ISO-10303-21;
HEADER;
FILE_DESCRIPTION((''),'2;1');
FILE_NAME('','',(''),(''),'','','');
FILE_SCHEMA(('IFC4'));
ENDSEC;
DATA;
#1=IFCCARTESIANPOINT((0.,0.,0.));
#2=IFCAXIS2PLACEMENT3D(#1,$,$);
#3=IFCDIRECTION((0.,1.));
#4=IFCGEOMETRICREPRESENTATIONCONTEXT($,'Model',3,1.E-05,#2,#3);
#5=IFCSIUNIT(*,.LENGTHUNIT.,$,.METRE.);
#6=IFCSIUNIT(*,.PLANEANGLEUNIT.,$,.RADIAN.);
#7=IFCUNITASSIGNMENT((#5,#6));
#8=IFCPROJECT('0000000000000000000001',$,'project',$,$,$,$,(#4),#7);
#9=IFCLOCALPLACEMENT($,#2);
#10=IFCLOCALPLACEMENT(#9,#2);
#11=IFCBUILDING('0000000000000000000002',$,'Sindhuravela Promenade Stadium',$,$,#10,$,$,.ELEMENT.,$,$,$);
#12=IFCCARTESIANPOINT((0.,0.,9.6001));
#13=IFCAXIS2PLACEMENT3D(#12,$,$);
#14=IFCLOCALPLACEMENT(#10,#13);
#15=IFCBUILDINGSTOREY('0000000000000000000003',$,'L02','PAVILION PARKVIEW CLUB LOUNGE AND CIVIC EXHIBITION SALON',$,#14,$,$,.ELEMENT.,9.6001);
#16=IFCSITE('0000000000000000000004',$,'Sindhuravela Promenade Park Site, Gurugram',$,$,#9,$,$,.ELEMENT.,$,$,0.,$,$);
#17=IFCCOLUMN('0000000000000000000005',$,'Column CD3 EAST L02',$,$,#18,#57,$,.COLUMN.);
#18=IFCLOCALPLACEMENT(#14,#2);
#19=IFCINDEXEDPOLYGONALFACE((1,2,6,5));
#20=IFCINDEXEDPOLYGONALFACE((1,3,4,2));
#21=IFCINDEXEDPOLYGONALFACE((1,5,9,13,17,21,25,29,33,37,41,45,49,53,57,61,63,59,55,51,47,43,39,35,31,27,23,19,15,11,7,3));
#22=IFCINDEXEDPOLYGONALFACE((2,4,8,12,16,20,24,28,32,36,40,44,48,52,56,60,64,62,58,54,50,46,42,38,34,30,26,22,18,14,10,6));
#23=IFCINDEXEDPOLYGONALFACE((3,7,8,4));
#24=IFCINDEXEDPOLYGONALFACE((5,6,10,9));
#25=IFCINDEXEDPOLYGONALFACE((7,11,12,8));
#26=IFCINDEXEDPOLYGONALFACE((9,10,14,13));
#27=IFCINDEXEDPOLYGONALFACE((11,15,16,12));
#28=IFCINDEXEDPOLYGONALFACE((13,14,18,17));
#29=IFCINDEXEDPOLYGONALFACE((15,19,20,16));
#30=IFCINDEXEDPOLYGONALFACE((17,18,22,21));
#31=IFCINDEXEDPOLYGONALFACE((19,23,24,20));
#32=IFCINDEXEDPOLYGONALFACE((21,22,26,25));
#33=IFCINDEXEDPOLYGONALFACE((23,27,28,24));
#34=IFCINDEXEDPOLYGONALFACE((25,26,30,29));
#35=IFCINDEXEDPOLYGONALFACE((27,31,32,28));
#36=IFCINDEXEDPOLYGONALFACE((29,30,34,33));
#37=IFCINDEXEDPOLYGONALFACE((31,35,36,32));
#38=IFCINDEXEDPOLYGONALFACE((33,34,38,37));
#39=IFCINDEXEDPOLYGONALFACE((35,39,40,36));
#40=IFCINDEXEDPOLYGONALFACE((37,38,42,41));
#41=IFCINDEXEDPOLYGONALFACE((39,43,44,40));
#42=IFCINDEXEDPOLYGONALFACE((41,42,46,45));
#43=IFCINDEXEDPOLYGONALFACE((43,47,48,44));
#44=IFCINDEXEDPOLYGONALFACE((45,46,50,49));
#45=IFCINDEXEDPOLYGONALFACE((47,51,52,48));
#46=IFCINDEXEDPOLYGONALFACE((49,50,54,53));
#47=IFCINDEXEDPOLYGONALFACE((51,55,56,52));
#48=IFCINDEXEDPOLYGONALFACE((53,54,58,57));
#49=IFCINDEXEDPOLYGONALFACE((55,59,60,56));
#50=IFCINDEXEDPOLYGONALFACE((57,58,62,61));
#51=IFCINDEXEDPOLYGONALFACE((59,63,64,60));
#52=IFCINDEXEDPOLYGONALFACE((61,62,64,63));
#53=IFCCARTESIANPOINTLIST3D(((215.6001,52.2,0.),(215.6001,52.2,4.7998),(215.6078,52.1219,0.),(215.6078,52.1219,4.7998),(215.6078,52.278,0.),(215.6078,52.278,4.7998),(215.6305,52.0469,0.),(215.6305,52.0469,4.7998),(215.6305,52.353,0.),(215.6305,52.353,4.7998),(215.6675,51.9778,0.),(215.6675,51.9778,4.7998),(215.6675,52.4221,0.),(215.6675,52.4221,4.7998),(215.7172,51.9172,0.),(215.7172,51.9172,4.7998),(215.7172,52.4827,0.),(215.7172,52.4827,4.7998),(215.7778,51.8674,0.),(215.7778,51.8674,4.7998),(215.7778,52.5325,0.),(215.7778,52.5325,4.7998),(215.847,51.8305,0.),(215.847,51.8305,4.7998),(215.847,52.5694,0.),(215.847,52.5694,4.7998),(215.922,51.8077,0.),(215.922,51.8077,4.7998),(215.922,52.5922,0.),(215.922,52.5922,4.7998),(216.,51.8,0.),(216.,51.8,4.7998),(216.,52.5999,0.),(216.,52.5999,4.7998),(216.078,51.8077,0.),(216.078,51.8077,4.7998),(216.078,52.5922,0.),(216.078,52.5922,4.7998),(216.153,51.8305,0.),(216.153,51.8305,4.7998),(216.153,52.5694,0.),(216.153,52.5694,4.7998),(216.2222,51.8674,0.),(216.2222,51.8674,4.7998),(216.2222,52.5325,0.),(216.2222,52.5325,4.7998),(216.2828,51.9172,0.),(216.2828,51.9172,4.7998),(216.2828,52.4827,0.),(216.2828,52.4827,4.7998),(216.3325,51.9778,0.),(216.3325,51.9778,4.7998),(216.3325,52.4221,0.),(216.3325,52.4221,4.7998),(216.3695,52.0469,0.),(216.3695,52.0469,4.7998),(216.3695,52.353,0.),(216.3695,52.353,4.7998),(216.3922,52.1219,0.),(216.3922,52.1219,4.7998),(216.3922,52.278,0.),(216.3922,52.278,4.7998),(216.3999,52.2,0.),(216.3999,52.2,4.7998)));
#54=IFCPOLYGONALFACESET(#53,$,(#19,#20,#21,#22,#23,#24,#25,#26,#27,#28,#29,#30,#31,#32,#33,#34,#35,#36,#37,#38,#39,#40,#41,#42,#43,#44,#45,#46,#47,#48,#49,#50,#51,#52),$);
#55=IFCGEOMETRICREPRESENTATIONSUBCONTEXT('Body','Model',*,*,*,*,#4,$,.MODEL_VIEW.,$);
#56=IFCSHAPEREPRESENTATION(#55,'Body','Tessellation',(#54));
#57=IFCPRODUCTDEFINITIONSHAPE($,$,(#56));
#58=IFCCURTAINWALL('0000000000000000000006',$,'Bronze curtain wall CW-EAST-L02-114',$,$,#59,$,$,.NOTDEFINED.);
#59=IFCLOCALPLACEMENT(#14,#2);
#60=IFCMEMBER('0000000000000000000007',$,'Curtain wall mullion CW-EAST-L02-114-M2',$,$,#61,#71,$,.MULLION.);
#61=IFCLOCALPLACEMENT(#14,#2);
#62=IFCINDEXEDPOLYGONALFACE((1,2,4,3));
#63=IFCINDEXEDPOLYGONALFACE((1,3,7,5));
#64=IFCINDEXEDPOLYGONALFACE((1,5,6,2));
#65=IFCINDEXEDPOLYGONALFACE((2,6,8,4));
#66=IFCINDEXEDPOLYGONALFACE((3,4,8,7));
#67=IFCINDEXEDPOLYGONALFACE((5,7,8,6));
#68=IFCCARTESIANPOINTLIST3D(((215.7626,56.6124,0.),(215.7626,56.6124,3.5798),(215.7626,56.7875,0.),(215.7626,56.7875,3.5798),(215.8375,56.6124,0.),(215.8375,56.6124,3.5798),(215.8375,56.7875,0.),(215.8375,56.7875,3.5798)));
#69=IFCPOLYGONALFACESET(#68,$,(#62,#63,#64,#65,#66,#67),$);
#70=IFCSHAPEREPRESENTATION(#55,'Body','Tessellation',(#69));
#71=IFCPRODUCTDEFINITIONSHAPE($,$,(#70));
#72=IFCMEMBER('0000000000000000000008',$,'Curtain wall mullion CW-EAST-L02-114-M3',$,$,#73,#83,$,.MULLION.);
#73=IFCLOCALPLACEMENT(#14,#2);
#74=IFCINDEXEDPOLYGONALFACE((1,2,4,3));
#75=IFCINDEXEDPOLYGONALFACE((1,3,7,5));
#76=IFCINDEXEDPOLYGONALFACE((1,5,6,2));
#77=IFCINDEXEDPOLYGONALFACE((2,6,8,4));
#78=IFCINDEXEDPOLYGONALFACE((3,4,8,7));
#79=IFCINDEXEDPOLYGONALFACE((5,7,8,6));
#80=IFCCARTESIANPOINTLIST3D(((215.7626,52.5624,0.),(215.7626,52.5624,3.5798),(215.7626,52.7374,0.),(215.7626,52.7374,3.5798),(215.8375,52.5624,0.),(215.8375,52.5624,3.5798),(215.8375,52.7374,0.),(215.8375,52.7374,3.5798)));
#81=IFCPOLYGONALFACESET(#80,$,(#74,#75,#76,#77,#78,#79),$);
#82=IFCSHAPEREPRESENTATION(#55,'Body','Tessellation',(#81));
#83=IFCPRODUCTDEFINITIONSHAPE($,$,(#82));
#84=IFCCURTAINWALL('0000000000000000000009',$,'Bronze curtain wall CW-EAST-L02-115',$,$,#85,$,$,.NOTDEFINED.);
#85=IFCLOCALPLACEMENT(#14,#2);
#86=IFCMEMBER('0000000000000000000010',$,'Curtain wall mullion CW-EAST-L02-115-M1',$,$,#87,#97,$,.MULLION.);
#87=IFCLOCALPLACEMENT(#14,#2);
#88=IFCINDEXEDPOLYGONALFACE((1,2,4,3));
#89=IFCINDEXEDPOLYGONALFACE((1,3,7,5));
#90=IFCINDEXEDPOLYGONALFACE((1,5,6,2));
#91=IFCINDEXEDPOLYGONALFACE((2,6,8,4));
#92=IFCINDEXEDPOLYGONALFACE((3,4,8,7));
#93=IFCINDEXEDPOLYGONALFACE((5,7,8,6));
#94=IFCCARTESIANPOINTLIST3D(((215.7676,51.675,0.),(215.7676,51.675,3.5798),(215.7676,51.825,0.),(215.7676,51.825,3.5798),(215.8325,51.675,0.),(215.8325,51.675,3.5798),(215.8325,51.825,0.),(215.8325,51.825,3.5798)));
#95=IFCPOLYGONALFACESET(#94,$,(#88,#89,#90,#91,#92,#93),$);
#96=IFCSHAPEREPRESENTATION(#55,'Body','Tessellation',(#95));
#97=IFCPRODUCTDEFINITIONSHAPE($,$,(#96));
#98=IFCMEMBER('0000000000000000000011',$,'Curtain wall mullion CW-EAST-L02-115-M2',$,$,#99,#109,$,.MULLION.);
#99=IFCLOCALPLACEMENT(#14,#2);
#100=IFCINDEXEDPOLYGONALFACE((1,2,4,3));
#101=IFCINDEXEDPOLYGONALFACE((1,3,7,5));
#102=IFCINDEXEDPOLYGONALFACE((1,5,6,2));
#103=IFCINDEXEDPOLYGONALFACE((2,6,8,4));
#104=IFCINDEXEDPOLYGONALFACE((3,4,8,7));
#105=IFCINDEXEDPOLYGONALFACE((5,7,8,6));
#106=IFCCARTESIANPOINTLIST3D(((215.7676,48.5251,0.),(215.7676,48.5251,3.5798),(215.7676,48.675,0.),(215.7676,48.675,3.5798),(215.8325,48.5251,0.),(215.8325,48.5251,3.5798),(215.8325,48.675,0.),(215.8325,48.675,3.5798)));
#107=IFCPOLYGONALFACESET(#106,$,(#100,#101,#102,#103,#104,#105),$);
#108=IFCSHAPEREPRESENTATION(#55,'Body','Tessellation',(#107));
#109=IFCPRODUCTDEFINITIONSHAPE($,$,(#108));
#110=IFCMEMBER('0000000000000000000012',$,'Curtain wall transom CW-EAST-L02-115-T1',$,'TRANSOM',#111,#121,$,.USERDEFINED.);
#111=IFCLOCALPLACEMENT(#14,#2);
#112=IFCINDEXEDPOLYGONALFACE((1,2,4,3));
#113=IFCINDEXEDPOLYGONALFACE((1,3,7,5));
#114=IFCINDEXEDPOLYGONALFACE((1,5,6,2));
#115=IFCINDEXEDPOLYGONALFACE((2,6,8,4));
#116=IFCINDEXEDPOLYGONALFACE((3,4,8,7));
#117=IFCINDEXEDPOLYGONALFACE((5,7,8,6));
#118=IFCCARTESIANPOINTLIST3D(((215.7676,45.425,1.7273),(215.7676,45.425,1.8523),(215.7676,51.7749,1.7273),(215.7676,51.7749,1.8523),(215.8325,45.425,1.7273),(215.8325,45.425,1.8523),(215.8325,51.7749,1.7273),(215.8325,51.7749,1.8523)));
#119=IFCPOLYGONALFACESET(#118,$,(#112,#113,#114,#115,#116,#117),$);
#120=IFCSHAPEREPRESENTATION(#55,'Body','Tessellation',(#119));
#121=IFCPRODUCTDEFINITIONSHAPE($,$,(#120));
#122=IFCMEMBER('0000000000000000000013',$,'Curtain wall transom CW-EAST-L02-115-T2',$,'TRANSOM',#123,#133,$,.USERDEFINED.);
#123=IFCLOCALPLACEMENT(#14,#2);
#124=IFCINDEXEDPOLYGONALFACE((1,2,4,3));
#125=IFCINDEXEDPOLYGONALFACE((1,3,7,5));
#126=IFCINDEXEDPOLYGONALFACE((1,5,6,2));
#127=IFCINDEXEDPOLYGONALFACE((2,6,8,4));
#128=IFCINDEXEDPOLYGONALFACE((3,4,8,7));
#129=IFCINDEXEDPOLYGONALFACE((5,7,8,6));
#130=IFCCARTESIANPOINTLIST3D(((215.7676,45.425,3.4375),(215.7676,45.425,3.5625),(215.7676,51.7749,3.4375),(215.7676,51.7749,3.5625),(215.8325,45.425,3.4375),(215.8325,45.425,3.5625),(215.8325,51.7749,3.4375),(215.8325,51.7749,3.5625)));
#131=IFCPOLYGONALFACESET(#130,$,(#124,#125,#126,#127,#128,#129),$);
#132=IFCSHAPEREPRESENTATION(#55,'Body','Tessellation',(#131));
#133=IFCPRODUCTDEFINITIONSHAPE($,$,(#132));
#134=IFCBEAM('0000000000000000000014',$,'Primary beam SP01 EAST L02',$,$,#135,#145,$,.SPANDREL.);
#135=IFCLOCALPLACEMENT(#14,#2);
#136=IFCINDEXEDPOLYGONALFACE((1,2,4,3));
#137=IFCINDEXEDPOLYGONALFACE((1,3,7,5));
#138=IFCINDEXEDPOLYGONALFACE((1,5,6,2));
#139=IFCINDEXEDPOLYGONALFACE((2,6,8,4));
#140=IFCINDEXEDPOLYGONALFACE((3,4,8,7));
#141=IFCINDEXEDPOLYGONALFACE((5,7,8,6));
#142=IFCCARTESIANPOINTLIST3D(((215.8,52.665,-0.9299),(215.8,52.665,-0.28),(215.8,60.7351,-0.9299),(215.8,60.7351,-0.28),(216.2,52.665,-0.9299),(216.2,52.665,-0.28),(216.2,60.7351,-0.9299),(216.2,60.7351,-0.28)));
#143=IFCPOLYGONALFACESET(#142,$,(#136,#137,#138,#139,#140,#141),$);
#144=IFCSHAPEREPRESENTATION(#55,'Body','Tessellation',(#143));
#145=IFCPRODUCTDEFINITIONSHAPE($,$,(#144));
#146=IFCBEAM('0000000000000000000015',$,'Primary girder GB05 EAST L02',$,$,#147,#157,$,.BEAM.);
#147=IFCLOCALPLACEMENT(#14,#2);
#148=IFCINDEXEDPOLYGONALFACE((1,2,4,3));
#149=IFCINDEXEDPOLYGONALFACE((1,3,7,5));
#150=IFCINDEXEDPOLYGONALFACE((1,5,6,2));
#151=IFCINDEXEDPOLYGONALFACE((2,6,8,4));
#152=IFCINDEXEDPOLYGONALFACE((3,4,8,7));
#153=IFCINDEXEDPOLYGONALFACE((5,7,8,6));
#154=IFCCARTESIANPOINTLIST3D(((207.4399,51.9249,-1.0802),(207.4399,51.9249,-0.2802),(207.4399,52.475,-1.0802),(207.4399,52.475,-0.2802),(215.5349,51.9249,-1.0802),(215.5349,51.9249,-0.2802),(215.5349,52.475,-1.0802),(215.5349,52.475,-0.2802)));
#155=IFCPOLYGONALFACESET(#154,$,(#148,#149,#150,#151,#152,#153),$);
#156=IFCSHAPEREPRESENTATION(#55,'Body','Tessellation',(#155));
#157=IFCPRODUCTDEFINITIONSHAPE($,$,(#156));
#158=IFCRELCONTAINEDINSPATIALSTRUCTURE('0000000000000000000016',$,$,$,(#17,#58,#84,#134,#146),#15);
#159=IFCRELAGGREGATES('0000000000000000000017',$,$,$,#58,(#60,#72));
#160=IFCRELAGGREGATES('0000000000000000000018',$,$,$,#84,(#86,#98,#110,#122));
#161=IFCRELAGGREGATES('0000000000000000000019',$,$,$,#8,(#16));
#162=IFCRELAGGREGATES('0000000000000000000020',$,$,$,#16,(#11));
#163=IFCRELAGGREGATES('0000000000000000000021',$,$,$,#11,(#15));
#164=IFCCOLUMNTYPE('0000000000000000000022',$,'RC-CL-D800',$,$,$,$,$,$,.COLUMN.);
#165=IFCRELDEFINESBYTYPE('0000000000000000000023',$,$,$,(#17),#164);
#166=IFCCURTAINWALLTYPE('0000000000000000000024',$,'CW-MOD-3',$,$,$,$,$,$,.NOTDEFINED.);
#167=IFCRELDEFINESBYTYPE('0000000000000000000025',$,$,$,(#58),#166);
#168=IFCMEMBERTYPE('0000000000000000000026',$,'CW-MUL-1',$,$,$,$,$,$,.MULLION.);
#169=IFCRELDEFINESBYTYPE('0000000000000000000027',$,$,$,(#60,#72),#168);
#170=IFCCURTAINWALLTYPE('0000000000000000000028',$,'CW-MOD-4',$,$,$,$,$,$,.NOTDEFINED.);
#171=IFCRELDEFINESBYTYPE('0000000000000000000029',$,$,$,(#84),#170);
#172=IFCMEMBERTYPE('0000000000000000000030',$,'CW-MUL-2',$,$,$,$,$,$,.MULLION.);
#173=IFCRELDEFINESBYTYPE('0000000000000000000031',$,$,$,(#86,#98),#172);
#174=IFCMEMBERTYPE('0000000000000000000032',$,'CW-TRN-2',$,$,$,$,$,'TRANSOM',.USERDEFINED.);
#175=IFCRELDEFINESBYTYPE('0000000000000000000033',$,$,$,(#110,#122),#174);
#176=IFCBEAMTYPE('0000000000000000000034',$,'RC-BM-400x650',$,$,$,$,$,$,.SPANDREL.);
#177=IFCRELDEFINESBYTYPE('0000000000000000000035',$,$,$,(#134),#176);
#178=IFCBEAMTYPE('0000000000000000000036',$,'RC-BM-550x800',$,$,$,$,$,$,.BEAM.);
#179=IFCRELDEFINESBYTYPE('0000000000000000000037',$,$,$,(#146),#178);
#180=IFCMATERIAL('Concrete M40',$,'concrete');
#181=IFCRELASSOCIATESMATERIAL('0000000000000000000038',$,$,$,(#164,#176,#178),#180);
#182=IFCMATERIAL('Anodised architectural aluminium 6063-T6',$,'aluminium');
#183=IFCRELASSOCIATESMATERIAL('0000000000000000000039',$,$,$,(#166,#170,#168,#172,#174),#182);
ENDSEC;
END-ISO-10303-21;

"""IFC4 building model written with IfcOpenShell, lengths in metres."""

from ifc_helpers import new_model, si_unit, direction, frame, origin, origin_2d, place, context, subcontext, project, spatial, rectangle, circle, extrude, material, material_profile, profile_set, type_object, element, aggregate, save


model = new_model("IFC4")

# Units and contexts
model_context = context("Model", 3, precision=1e-05, world=origin(), true_north=direction((0.0, 1.0)))
body_context = subcontext(model_context, "Body", "Model", "MODEL_VIEW")
ifc_project = project(units=[si_unit("LENGTHUNIT", "METRE"), si_unit("PLANEANGLEUNIT", "RADIAN")], contexts=[model_context])

# Site, building, storey
site_placement = place(None, origin())
site = spatial("IfcSite", under=ifc_project, at=site_placement, Name="Sindhuravela Promenade Park Site, Gurugram", CompositionType="ELEMENT", RefElevation=0.0)
building_placement = place(site_placement, origin())
building = spatial("IfcBuilding", under=site, at=building_placement, Name="Sindhuravela Promenade Stadium", CompositionType="ELEMENT")
storey_placement = place(building_placement, frame((0.0, 0.0, 9.6001)))
storey = spatial("IfcBuildingStorey", under=building, at=storey_placement, Name="L02", Description="PAVILION PARKVIEW CLUB LOUNGE AND CIVIC EXHIBITION SALON", CompositionType="ELEMENT", Elevation=9.6001)

# Column
ifc_material_1 = material(Name="Concrete M40", Category="concrete")
ifc_material_profile_1 = material_profile(ifc_material_1, circle(Radius=0.3999, at=origin_2d()), Name="RC D800")
ifc_profile_set_1 = profile_set([ifc_material_profile_1], Name="Concrete M40")
column_type = type_object("IfcColumnType", Name="RC-CL-D800", PredefinedType="COLUMN", material=ifc_profile_set_1)
column_placement = place(storey_placement, frame((216.0, 52.2, 0.0), z_axis=(0.0, 0.0, 1.0), x_axis=(1.0, 0.0, 0.0)))
element("IfcColumn", 1, at=column_placement, inside=storey, type_object=column_type, Name="Column CD3 EAST L02", PredefinedType="COLUMN", context=body_context, shape_type="SweptSolid", body=[
    extrude(circle(Radius=0.3999, at=origin_2d()), origin(), (0.0, 0.0, 1.0), 4.7998),
])

# Curtain walls, members
ifc_material_2 = material(Name="Anodised architectural aluminium 6063-T6", Category="aluminium")
curtain_wall_type_1 = type_object("IfcCurtainWallType", Name="CW-MOD-3", PredefinedType="NOTDEFINED", material=ifc_material_2)
curtain_wall_1_placement = place(storey_placement, origin())
curtain_wall_1 = element("IfcCurtainWall", 2, at=curtain_wall_1_placement, inside=storey, type_object=curtain_wall_type_1, Name="Bronze curtain wall CW-EAST-L02-114", PredefinedType="NOTDEFINED")
ifc_material_profile_2 = material_profile(ifc_material_2, rectangle(XDim=0.075, YDim=0.175, at=origin_2d()), Name="ALU MULL 75x175")
ifc_profile_set_2 = profile_set([ifc_material_profile_2], Name="Anodised architectural aluminium 6063-T6")
member_type_1 = type_object("IfcMemberType", Name="CW-MUL-1", PredefinedType="MULLION", material=ifc_profile_set_2)
member_1_placement = place(storey_placement, frame((215.8, 56.7, 0.0), z_axis=(0.0, 0.0, 1.0), x_axis=(1.0, 0.0, 0.0)))
member_1 = element("IfcMember", 3, at=member_1_placement, type_object=member_type_1, Name="Curtain wall mullion CW-EAST-L02-114-M2", PredefinedType="MULLION", context=body_context, shape_type="SweptSolid", body=[
    extrude(rectangle(XDim=0.075, YDim=0.175, at=origin_2d()), origin(), (0.0, 0.0, 1.0), 3.5798),
])
member_2_placement = place(storey_placement, frame((215.8, 52.6499, 0.0), z_axis=(0.0, 0.0, 1.0), x_axis=(1.0, 0.0, 0.0)))
member_2 = element("IfcMember", 4, at=member_2_placement, type_object=member_type_1, Name="Curtain wall mullion CW-EAST-L02-114-M3", PredefinedType="MULLION", context=body_context, shape_type="SweptSolid", body=[
    extrude(rectangle(XDim=0.075, YDim=0.175, at=origin_2d()), origin(), (0.0, 0.0, 1.0), 3.5798),
])
curtain_wall_type_2 = type_object("IfcCurtainWallType", Name="CW-MOD-4", PredefinedType="NOTDEFINED", material=ifc_material_2)
curtain_wall_2_placement = place(storey_placement, origin())
curtain_wall_2 = element("IfcCurtainWall", 5, at=curtain_wall_2_placement, inside=storey, type_object=curtain_wall_type_2, Name="Bronze curtain wall CW-EAST-L02-115", PredefinedType="NOTDEFINED")
ifc_material_profile_3 = material_profile(ifc_material_2, rectangle(XDim=0.0649, YDim=0.1499, at=origin_2d()), Name="ALU MULL 65x150")
ifc_profile_set_3 = profile_set([ifc_material_profile_3], Name="Anodised architectural aluminium 6063-T6")
member_type_2 = type_object("IfcMemberType", Name="CW-MUL-2", PredefinedType="MULLION", material=ifc_profile_set_3)
member_3_placement = place(storey_placement, frame((215.8, 51.75, 0.0), z_axis=(0.0, 0.0, 1.0), x_axis=(1.0, 0.0, 0.0)))
member_3 = element("IfcMember", 6, at=member_3_placement, type_object=member_type_2, Name="Curtain wall mullion CW-EAST-L02-115-M1", PredefinedType="MULLION", context=body_context, shape_type="SweptSolid", body=[
    extrude(rectangle(XDim=0.0649, YDim=0.1499, at=origin_2d()), origin(), (0.0, 0.0, 1.0), 3.5798),
])
member_4_placement = place(storey_placement, frame((215.8, 48.6001, 0.0), z_axis=(0.0, 0.0, 1.0), x_axis=(1.0, 0.0, 0.0)))
member_4 = element("IfcMember", 7, at=member_4_placement, type_object=member_type_2, Name="Curtain wall mullion CW-EAST-L02-115-M2", PredefinedType="MULLION", context=body_context, shape_type="SweptSolid", body=[
    extrude(rectangle(XDim=0.0649, YDim=0.1499, at=origin_2d()), origin(), (0.0, 0.0, 1.0), 3.5798),
])
ifc_material_profile_4 = material_profile(ifc_material_2, rectangle(XDim=0.0649, YDim=0.125, at=origin_2d()), Name="ALU TRAN 65x125")
ifc_profile_set_4 = profile_set([ifc_material_profile_4], Name="Anodised architectural aluminium 6063-T6")
member_type_3 = type_object("IfcMemberType", Name="CW-TRN-2", ElementType="TRANSOM", PredefinedType="USERDEFINED", material=ifc_profile_set_4)
member_5_placement = place(storey_placement, frame((215.8, 51.7749, 1.7898), z_axis=(0.0, -1.0, 0.0), x_axis=(1.0, 0.0, 0.0)))
member_5 = element("IfcMember", 8, at=member_5_placement, type_object=member_type_3, Name="Curtain wall transom CW-EAST-L02-115-T1", ObjectType="TRANSOM", PredefinedType="USERDEFINED", context=body_context, shape_type="SweptSolid", body=[
    extrude(rectangle(XDim=0.0649, YDim=0.125, at=origin_2d()), origin(), (0.0, 0.0, 1.0), 6.3499),
])
member_6_placement = place(storey_placement, frame((215.8, 51.7749, 3.5), z_axis=(0.0, -1.0, 0.0), x_axis=(1.0, 0.0, 0.0)))
member_6 = element("IfcMember", 9, at=member_6_placement, type_object=member_type_3, Name="Curtain wall transom CW-EAST-L02-115-T2", ObjectType="TRANSOM", PredefinedType="USERDEFINED", context=body_context, shape_type="SweptSolid", body=[
    extrude(rectangle(XDim=0.0649, YDim=0.125, at=origin_2d()), origin(), (0.0, 0.0, 1.0), 6.3499),
])

# Beams
ifc_material_profile_5 = material_profile(ifc_material_1, rectangle(XDim=0.3999, YDim=0.6499, at=origin_2d()), Name="RC 400x650")
ifc_profile_set_5 = profile_set([ifc_material_profile_5], Name="Concrete M40")
beam_type_1 = type_object("IfcBeamType", Name="RC-BM-400x650", PredefinedType="SPANDREL", material=ifc_profile_set_5)
beam_1_placement = place(storey_placement, frame((216.0, 52.665, -0.605), z_axis=(0.0, 1.0, 0.0), x_axis=(-1.0, 0.0, 0.0)))
element("IfcBeam", 10, at=beam_1_placement, inside=storey, type_object=beam_type_1, Name="Primary beam SP01 EAST L02", PredefinedType="SPANDREL", context=body_context, shape_type="SweptSolid", body=[
    extrude(rectangle(XDim=0.3999, YDim=0.6499, at=origin_2d()), origin(), (0.0, 0.0, 1.0), 8.0701),
])
ifc_material_profile_6 = material_profile(ifc_material_1, rectangle(XDim=0.55, YDim=0.8, at=origin_2d()), Name="RC 550x800")
ifc_profile_set_6 = profile_set([ifc_material_profile_6], Name="Concrete M40")
beam_type_2 = type_object("IfcBeamType", Name="RC-BM-550x800", PredefinedType="BEAM", material=ifc_profile_set_6)
beam_2_placement = place(storey_placement, frame((207.4399, 52.2, -0.6802), z_axis=(1.0, 0.0, 0.0), x_axis=(0.0, 1.0, 0.0)))
element("IfcBeam", 11, at=beam_2_placement, inside=storey, type_object=beam_type_2, Name="Primary girder GB05 EAST L02", PredefinedType="BEAM", context=body_context, shape_type="SweptSolid", body=[
    extrude(rectangle(XDim=0.55, YDim=0.8, at=origin_2d()), origin(), (0.0, 0.0, 1.0), 8.095),
])

aggregate(curtain_wall_1, [member_1, member_2])
aggregate(curtain_wall_2, [member_3, member_4, member_5, member_6])

save(model, "model.ifc")
